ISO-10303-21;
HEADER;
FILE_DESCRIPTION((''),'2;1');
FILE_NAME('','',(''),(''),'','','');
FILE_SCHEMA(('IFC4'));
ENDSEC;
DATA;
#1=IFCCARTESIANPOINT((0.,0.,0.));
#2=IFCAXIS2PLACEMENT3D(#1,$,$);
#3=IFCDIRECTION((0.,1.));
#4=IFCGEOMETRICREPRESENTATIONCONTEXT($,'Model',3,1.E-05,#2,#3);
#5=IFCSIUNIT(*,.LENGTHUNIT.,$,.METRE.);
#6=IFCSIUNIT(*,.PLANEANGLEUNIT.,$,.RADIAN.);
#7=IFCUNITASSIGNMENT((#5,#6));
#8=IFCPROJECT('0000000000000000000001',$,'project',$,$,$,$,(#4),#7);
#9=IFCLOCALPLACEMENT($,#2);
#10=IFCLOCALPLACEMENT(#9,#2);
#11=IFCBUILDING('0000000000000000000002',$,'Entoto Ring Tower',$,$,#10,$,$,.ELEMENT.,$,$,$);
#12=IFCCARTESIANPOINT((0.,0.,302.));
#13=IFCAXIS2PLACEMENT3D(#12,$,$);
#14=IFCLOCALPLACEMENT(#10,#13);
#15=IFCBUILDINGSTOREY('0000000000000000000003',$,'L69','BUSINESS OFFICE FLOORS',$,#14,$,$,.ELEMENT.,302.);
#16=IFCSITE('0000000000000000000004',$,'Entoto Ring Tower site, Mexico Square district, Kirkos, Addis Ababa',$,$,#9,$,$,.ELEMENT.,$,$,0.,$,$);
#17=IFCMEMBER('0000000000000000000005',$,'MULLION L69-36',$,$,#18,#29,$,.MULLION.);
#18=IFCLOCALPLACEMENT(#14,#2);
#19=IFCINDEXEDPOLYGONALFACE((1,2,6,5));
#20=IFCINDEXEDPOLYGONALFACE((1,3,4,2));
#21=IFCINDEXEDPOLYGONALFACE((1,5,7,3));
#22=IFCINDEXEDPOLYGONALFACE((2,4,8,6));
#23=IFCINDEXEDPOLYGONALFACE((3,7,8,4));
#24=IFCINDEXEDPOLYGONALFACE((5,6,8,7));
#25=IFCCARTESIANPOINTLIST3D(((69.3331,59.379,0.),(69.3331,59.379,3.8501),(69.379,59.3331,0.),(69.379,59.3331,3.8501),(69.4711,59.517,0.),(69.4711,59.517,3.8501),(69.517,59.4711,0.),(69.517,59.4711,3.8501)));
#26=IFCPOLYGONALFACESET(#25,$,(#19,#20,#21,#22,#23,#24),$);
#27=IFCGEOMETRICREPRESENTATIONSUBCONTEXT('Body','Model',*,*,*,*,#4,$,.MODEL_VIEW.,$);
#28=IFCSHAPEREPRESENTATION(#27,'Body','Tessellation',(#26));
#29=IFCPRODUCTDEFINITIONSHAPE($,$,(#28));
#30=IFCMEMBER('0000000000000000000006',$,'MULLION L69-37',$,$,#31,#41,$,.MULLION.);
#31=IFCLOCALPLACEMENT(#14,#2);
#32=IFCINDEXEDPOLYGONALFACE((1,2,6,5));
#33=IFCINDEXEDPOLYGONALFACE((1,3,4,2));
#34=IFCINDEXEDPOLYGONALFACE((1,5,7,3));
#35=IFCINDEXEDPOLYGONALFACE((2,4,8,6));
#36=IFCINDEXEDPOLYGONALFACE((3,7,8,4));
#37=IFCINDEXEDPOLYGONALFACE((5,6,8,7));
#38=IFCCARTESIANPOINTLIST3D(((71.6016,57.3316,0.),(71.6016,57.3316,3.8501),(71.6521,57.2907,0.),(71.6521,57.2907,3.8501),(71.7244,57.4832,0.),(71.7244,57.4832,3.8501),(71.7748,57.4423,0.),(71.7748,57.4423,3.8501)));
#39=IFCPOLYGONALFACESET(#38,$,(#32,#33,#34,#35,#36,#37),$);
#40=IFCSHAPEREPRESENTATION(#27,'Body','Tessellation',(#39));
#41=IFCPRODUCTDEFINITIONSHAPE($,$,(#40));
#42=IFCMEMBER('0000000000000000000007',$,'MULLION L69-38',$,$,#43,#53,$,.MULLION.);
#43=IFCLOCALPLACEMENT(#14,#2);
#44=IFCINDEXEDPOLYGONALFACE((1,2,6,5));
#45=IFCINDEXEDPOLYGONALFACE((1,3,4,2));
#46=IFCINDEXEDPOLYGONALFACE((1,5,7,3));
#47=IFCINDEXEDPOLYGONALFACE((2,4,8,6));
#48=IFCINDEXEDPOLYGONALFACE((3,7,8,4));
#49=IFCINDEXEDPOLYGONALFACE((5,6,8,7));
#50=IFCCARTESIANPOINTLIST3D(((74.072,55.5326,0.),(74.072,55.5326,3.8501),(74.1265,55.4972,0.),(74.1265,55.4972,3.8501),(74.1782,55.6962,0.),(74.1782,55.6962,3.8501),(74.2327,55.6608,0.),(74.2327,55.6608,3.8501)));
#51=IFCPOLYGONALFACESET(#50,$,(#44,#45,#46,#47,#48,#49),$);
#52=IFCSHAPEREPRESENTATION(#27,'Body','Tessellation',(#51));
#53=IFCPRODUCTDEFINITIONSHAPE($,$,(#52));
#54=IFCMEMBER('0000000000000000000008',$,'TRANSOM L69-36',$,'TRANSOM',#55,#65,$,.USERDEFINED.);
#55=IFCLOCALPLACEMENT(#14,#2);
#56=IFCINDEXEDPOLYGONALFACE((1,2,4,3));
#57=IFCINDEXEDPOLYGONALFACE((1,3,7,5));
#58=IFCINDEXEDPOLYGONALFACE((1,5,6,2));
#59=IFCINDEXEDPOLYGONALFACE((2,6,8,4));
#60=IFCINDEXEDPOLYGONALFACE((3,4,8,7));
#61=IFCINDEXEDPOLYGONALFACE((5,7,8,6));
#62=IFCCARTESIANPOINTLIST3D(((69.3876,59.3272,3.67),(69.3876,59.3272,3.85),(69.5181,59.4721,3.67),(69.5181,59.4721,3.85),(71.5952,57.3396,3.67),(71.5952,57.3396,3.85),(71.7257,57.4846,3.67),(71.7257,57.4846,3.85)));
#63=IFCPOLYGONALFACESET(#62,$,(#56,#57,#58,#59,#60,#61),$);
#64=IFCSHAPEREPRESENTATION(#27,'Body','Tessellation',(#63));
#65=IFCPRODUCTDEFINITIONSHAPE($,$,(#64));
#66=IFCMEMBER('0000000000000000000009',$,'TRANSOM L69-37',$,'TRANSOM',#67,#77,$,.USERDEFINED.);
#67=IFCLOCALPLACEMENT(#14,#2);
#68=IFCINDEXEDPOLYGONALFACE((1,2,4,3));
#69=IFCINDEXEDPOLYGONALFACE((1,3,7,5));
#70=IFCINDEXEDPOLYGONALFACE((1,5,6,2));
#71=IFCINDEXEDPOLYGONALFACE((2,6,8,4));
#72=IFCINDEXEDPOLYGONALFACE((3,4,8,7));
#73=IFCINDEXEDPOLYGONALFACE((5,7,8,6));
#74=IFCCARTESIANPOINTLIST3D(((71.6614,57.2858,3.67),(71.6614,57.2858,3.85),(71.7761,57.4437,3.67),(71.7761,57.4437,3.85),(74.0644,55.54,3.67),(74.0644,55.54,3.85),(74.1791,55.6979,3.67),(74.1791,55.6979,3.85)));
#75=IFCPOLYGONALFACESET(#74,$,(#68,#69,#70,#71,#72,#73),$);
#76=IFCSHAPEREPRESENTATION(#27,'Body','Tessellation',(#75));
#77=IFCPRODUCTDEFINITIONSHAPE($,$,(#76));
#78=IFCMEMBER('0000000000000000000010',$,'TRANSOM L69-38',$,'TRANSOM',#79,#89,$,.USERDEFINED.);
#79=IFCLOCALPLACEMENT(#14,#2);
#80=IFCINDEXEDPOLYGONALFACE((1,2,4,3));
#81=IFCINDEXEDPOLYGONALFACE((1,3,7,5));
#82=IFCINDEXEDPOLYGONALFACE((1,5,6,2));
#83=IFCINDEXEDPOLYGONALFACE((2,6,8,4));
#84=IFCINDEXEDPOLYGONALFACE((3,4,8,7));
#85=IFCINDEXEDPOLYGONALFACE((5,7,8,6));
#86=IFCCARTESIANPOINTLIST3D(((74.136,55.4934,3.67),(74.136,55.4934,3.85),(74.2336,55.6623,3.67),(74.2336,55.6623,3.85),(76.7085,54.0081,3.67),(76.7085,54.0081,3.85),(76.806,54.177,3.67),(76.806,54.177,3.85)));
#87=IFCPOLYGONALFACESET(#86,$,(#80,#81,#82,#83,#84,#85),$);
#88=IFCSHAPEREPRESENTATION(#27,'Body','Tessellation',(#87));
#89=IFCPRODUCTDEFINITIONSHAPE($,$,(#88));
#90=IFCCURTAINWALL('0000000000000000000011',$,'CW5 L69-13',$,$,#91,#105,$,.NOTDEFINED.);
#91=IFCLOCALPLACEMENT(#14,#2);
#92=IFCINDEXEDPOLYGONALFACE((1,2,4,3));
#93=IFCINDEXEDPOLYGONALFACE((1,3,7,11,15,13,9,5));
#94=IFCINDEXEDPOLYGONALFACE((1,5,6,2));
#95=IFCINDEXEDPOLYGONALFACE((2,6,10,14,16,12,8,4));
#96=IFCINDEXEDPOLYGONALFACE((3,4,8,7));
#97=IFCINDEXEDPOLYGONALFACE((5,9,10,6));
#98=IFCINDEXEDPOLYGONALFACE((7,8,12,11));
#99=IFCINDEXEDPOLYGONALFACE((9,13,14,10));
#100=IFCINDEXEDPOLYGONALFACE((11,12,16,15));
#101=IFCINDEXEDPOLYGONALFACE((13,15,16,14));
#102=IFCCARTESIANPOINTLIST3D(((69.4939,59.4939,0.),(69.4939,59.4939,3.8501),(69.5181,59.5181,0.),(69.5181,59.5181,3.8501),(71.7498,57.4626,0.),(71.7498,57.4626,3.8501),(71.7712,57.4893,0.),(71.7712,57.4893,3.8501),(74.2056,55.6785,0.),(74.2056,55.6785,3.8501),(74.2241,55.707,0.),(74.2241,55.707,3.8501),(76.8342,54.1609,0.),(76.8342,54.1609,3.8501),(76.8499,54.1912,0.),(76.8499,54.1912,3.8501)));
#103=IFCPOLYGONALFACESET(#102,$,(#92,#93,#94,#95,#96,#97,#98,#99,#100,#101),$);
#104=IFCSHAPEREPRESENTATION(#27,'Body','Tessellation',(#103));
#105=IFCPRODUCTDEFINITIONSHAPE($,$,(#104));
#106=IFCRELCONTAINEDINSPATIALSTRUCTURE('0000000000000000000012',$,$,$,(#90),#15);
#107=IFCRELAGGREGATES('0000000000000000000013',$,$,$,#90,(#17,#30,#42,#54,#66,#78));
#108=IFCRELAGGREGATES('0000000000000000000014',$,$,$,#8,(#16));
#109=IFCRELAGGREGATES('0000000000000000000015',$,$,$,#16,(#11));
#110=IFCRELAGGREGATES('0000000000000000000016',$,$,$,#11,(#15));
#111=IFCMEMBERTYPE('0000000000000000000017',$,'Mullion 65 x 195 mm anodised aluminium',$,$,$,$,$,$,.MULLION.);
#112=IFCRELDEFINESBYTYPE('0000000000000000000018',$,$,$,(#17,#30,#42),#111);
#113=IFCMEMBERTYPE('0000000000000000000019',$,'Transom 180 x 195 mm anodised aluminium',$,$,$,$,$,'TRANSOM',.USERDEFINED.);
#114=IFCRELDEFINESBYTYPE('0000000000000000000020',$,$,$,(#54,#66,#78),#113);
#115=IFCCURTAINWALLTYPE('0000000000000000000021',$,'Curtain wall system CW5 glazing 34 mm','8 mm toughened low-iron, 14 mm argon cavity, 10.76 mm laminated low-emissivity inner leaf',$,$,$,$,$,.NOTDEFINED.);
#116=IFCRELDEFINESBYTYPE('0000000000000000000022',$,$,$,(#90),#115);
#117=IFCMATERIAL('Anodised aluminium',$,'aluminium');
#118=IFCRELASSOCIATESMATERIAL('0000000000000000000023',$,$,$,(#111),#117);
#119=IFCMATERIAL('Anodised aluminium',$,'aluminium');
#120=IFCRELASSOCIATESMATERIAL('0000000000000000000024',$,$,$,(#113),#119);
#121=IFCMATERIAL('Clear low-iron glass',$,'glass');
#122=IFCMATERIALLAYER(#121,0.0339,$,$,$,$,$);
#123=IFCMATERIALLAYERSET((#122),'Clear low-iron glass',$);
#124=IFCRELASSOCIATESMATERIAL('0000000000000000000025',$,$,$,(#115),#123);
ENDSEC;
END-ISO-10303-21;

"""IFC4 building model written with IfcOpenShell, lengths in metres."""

from ifc_helpers import new_model, si_unit, direction, frame, origin, origin_2d, place, context, subcontext, project, spatial, polyline, rectangle, outline, extrude, material, layer, layer_set, material_profile, profile_set, type_object, element, aggregate, save


model = new_model("IFC4")

# Units and contexts
model_context = context("Model", 3, precision=1e-05, world=origin(), true_north=direction((0.0, 1.0)))
body_context = subcontext(model_context, "Body", "Model", "MODEL_VIEW")
ifc_project = project(units=[si_unit("LENGTHUNIT", "METRE"), si_unit("PLANEANGLEUNIT", "RADIAN")], contexts=[model_context])

# Members
ifc_material_1 = material(Name="Anodised aluminium", Category="aluminium")
ifc_material_profile_1 = material_profile(ifc_material_1, rectangle(XDim=0.0649, YDim=0.1951, at=origin_2d()), Name="Mullion 65 x 195 mm anodised aluminium")
ifc_profile_set_1 = profile_set([ifc_material_profile_1], Name="Anodised aluminium")
member_type_1 = type_object("IfcMemberType", Name="Mullion 65 x 195 mm anodised aluminium", PredefinedType="MULLION", material=ifc_profile_set_1)
site_placement = place(None, origin())
building_placement = place(site_placement, origin())
storey_placement = place(building_placement, frame((0.0, 0.0, 302.0)))
member_1_placement = place(storey_placement, frame((69.425, 59.425, 0.0), z_axis=(0.0, 0.0, 1.0), x_axis=(0.707107, -0.707107, 0.0)))
member_1 = element("IfcMember", 1, at=member_1_placement, type_object=member_type_1, Name="MULLION L69-36", PredefinedType="MULLION", context=body_context, shape_type="SweptSolid", body=[
    extrude(rectangle(XDim=0.0649, YDim=0.1951, at=origin_2d()), origin(), (0.0, 0.0, 1.0), 3.8501),
])
member_2_placement = place(storey_placement, frame((71.6882, 57.387, 0.0), z_axis=(0.0, 0.0, 1.0), x_axis=(0.777146, -0.62932, 0.0)))
member_2 = element("IfcMember", 2, at=member_2_placement, type_object=member_type_1, Name="MULLION L69-37", PredefinedType="MULLION", context=body_context, shape_type="SweptSolid", body=[
    extrude(rectangle(XDim=0.0649, YDim=0.1951, at=origin_2d()), origin(), (0.0, 0.0, 1.0), 3.8501),
])
member_3_placement = place(storey_placement, frame((74.1523, 55.5967, 0.0), z_axis=(0.0, 0.0, 1.0), x_axis=(0.838671, -0.544639, 0.0)))
member_3 = element("IfcMember", 3, at=member_3_placement, type_object=member_type_1, Name="MULLION L69-38", PredefinedType="MULLION", context=body_context, shape_type="SweptSolid", body=[
    extrude(rectangle(XDim=0.0649, YDim=0.1951, at=origin_2d()), origin(), (0.0, 0.0, 1.0), 3.8501),
])
ifc_material_2 = material(Name="Anodised aluminium", Category="aluminium")
ifc_material_profile_2 = material_profile(ifc_material_2, rectangle(XDim=0.1951, YDim=0.1799, at=origin_2d()), Name="Transom 180 x 195 mm anodised aluminium")
ifc_profile_set_2 = profile_set([ifc_material_profile_2], Name="Anodised aluminium")
member_type_2 = type_object("IfcMemberType", Name="Transom 180 x 195 mm anodised aluminium", ElementType="TRANSOM", PredefinedType="USERDEFINED", material=ifc_profile_set_2)
member_4_placement = place(storey_placement, frame((69.4529, 59.3997, 3.76), z_axis=(0.743163, -0.66911, 0.0), x_axis=(0.66911, 0.743163, 0.0)))
member_4 = element("IfcMember", 4, at=member_4_placement, type_object=member_type_2, Name="TRANSOM L69-36", ObjectType="TRANSOM", PredefinedType="USERDEFINED", context=body_context, shape_type="SweptSolid", body=[
    extrude(rectangle(XDim=0.1951, YDim=0.1799, at=origin_2d()), origin(), (0.0, 0.0, 1.0), 2.9705),
])
member_5_placement = place(storey_placement, frame((71.7188, 57.3647, 3.76), z_axis=(0.809031, -0.587766, 0.0), x_axis=(0.587766, 0.809031, 0.0)))
member_5 = element("IfcMember", 5, at=member_5_placement, type_object=member_type_2, Name="TRANSOM L69-37", ObjectType="TRANSOM", PredefinedType="USERDEFINED", context=body_context, shape_type="SweptSolid", body=[
    extrude(rectangle(XDim=0.1951, YDim=0.1799, at=origin_2d()), origin(), (0.0, 0.0, 1.0), 2.9702),
])
member_6_placement = place(storey_placement, frame((74.1848, 55.5779, 3.76), z_axis=(0.866009, -0.500028, 0.0), x_axis=(0.500028, 0.866009, 0.0)))
member_6 = element("IfcMember", 6, at=member_6_placement, type_object=member_type_2, Name="TRANSOM L69-38", ObjectType="TRANSOM", PredefinedType="USERDEFINED", context=body_context, shape_type="SweptSolid", body=[
    extrude(rectangle(XDim=0.1951, YDim=0.1799, at=origin_2d()), origin(), (0.0, 0.0, 1.0), 2.9705),
])

# Site, building, storey
site = spatial("IfcSite", under=ifc_project, at=site_placement, Name="Entoto Ring Tower site, Mexico Square district, Kirkos, Addis Ababa", CompositionType="ELEMENT", RefElevation=0.0)
building = spatial("IfcBuilding", under=site, at=building_placement, Name="Entoto Ring Tower", CompositionType="ELEMENT")
storey = spatial("IfcBuildingStorey", under=building, at=storey_placement, Name="L69", Description="BUSINESS OFFICE FLOORS", CompositionType="ELEMENT", Elevation=302.0)

# Curtain wall
ifc_material_3 = material(Name="Clear low-iron glass", Category="glass")
ifc_layer = layer(ifc_material_3, 0.0339)
ifc_layer_set = layer_set([ifc_layer], Name="Clear low-iron glass")
curtain_wall_type = type_object("IfcCurtainWallType", Name="Curtain wall system CW5 glazing 34 mm", Description="8 mm toughened low-iron, 14 mm argon cavity, 10.76 mm laminated low-emissivity inner leaf", PredefinedType="NOTDEFINED", material=ifc_layer_set)
curtain_wall_1_placement = place(storey_placement, origin())
curtain_wall_1 = element("IfcCurtainWall", 7, at=curtain_wall_1_placement, inside=storey, type_object=curtain_wall_type, Name="CW5 L69-13", PredefinedType="NOTDEFINED", context=body_context, shape_type="SweptSolid", body=[
    extrude(outline(polyline([(69.4939, 59.4939), (71.7498, 57.4626), (74.2056, 55.6785), (76.8342, 54.1609), (76.8499, 54.1912), (74.2241, 55.707), (71.7712, 57.4893), (69.5181, 59.5181), (69.4939, 59.4939)])), origin(), (0.0, 0.0, 1.0), 3.8501),
])
aggregate(curtain_wall_1, [member_1, member_2, member_3, member_4, member_5, member_6])

save(model, "model.ifc")
